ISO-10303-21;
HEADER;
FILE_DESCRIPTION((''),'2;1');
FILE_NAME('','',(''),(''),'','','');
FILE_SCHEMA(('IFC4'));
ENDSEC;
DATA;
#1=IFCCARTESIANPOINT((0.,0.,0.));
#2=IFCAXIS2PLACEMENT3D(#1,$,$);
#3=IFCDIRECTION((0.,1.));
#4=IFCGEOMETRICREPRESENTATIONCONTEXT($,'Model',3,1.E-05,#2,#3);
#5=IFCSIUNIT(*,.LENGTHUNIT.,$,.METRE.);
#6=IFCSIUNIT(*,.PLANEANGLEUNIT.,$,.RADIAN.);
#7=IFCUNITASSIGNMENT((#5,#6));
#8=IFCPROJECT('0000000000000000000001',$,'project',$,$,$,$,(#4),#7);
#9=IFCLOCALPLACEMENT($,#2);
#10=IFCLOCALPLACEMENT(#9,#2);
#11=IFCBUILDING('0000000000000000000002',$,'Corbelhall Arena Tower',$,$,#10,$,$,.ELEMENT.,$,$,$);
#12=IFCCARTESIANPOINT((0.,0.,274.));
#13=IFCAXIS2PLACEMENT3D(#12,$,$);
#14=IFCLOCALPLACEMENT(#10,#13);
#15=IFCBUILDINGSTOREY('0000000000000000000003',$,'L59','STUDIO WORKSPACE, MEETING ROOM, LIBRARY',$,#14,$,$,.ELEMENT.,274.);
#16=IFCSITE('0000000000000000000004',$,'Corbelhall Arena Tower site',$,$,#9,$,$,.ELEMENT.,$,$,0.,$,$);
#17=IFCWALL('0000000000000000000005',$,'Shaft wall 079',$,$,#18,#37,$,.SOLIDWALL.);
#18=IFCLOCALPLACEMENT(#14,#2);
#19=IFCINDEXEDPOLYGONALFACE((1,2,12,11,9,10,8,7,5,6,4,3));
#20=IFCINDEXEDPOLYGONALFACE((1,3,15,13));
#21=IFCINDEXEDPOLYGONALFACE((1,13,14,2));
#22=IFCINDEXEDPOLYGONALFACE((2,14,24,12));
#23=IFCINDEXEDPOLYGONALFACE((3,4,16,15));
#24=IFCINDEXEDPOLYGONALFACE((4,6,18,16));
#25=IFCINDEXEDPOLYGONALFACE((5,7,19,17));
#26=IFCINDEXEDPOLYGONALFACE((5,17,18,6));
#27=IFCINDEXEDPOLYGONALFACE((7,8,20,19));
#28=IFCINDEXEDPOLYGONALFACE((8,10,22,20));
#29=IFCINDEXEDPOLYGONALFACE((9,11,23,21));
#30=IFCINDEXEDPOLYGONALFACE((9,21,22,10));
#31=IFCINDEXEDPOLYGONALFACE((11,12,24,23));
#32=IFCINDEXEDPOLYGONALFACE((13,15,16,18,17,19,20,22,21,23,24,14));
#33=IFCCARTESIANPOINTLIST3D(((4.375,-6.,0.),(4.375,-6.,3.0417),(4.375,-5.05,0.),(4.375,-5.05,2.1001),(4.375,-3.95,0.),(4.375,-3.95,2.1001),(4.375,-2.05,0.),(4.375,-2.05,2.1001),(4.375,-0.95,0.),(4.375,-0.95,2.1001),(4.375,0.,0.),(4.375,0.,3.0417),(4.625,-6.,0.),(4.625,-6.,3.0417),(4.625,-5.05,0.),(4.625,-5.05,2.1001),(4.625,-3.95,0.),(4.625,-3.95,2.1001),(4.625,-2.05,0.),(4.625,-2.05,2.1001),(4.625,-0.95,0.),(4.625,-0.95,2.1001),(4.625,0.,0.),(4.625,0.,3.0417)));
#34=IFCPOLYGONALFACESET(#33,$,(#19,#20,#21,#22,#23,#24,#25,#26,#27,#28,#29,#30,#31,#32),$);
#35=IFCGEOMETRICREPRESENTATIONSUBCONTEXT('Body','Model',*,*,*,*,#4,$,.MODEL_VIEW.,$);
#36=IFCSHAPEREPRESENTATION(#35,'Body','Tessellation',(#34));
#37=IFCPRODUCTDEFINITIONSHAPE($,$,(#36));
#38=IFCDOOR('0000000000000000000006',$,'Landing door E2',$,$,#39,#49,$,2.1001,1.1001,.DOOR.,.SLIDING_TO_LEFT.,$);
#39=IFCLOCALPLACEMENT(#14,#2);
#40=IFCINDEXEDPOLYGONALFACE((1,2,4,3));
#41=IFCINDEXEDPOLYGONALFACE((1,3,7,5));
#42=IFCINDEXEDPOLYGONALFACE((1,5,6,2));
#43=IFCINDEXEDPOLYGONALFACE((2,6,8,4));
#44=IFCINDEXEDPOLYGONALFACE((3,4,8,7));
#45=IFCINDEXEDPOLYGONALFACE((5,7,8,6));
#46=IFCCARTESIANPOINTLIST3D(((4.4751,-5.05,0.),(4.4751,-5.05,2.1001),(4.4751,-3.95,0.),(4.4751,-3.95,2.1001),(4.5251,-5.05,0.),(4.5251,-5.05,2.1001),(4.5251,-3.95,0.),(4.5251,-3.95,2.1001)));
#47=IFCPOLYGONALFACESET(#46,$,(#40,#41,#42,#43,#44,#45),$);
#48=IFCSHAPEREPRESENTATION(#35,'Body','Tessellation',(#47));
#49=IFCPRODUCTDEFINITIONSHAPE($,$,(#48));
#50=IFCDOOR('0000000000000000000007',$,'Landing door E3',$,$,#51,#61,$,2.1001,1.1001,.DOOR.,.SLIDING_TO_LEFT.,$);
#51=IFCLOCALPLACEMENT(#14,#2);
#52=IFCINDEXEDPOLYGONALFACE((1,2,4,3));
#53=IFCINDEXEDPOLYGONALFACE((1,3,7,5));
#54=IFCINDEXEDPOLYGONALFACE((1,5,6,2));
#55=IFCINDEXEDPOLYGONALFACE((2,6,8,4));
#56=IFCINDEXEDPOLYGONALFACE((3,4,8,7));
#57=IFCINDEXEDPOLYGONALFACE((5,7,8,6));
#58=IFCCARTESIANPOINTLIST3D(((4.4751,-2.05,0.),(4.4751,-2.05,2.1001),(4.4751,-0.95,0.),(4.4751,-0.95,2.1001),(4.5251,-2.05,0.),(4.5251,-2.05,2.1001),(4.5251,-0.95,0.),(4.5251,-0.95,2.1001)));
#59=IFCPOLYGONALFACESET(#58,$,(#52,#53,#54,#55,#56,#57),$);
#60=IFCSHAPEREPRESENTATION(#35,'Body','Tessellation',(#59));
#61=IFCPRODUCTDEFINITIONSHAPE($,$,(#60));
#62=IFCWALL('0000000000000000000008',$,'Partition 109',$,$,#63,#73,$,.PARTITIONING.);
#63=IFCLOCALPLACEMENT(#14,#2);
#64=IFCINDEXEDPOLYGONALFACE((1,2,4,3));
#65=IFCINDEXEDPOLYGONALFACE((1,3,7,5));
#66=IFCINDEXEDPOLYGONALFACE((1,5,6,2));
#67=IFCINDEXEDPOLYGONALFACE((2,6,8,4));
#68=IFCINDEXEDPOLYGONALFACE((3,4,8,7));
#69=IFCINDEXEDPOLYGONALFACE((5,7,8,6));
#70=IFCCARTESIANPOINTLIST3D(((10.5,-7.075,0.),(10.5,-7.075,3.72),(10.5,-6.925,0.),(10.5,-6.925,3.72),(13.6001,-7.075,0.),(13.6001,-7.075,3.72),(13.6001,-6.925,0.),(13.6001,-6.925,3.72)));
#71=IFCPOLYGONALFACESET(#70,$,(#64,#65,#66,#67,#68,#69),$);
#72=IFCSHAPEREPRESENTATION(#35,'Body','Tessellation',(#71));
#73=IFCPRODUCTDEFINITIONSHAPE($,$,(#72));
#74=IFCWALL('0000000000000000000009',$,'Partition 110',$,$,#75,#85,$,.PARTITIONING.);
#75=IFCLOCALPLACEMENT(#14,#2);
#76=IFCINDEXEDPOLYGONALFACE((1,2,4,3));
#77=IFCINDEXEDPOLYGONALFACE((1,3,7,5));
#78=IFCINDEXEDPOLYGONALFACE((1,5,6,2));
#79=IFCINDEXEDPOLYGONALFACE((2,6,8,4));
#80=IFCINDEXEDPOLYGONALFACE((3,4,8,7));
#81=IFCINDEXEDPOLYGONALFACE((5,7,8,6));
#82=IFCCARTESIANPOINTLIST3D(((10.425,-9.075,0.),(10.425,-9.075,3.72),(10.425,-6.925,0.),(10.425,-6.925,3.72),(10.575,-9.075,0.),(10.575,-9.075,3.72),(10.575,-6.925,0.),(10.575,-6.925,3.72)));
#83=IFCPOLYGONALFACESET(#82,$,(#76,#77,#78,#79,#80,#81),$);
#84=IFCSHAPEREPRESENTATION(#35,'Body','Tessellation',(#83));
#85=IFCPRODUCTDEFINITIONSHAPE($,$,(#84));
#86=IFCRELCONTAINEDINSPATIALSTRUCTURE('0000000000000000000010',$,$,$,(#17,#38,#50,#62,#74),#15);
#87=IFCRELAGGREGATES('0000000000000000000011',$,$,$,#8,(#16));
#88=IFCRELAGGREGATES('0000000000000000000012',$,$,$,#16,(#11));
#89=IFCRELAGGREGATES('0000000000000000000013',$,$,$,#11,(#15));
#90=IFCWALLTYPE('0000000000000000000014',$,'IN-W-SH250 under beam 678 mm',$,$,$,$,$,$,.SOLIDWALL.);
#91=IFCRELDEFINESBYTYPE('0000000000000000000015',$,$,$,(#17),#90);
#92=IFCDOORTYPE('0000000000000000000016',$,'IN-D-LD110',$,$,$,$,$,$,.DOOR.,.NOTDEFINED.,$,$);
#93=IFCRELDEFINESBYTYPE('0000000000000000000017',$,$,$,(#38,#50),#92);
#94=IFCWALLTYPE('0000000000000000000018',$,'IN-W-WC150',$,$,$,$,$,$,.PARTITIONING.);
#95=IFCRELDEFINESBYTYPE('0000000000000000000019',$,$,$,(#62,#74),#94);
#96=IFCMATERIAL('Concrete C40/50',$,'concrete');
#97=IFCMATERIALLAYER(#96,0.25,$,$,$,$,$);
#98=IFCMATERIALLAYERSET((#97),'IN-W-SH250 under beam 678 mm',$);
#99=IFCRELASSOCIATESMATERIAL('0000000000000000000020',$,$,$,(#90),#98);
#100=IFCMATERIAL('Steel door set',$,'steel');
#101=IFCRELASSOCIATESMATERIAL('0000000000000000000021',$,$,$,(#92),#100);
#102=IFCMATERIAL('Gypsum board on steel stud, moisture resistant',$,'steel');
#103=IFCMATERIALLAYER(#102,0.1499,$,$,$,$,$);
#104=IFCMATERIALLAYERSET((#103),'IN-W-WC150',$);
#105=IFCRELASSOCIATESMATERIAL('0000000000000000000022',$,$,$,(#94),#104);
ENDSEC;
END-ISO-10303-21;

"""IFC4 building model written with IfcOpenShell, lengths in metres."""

from ifc_helpers import new_model, si_unit, direction, frame, frame_2d, origin, place, context, subcontext, project, spatial, rectangle, extrude, material, layer, layer_set, type_object, element, fill, save


model = new_model("IFC4")

# Units and contexts
model_context = context("Model", 3, precision=1e-05, world=origin(), true_north=direction((0.0, 1.0)))
body_context = subcontext(model_context, "Body", "Model", "MODEL_VIEW")
ifc_project = project(units=[si_unit("LENGTHUNIT", "METRE"), si_unit("PLANEANGLEUNIT", "RADIAN")], contexts=[model_context])

# Site, building, storey
site_placement = place(None, origin())
site = spatial("IfcSite", under=ifc_project, at=site_placement, Name="Corbelhall Arena Tower site", CompositionType="ELEMENT", RefElevation=0.0)
building_placement = place(site_placement, origin())
building = spatial("IfcBuilding", under=site, at=building_placement, Name="Corbelhall Arena Tower", CompositionType="ELEMENT")
storey_placement = place(building_placement, frame((0.0, 0.0, 274.0)))
storey = spatial("IfcBuildingStorey", under=building, at=storey_placement, Name="L59", Description="STUDIO WORKSPACE, MEETING ROOM, LIBRARY", CompositionType="ELEMENT", Elevation=274.0)

# Shared definitions
ifc_material_1 = material(Name="Concrete C40/50", Category="concrete")

# Shared definitions
ifc_material_2 = material(Name="Steel door set", Category="steel")

# Wall, openings, doors
ifc_layer_1 = layer(ifc_material_1, 0.25)
ifc_layer_set_1 = layer_set([ifc_layer_1], Name="IN-W-SH250 under beam 678 mm")
wall_type_1 = type_object("IfcWallType", Name="IN-W-SH250 under beam 678 mm", PredefinedType="SOLIDWALL", material=ifc_layer_set_1)
wall_1_placement = place(storey_placement, frame((4.5, -6.0, 0.0), z_axis=(0.0, 0.0, 1.0), x_axis=(0.0, 1.0, 0.0)))
wall_1 = element("IfcWall", 1, at=wall_1_placement, inside=storey, type_object=wall_type_1, Name="Shaft wall 079", PredefinedType="SOLIDWALL", context=body_context, shape_type="SweptSolid", body=[
    extrude(rectangle(XDim=6.0, YDim=0.25, at=frame_2d((3.0, 0.0))), origin(), (0.0, 0.0, 1.0), 3.0417),
])
opening_1_placement = place(wall_1_placement, frame((0.95, 0.0, 0.0)))
opening_1 = element("IfcOpeningElement", 2, at=opening_1_placement, cuts=wall_1, PredefinedType="OPENING", context=body_context, shape_type="SweptSolid", body=[
    extrude(rectangle(XDim=1.1001, YDim=2.1001, at=frame_2d((0.55, 1.05))), frame((0.0, 0.125, 0.0), z_axis=(0.0, -1.0, 0.0), x_axis=(1.0, 0.0, 0.0)), (0.0, 0.0, 1.0), 0.25),
])
opening_2_placement = place(wall_1_placement, frame((3.95, 0.0, 0.0)))
opening_2 = element("IfcOpeningElement", 3, at=opening_2_placement, cuts=wall_1, PredefinedType="OPENING", context=body_context, shape_type="SweptSolid", body=[
    extrude(rectangle(XDim=1.1001, YDim=2.1001, at=frame_2d((0.55, 1.05))), frame((0.0, 0.125, 0.0), z_axis=(0.0, -1.0, 0.0), x_axis=(1.0, 0.0, 0.0)), (0.0, 0.0, 1.0), 0.25),
])
door_type_1 = type_object("IfcDoorType", Name="IN-D-LD110", OperationType="NOTDEFINED", PredefinedType="DOOR", material=ifc_material_2)
door_1_placement = place(opening_1_placement, origin())
door_1 = element("IfcDoor", 4, at=door_1_placement, inside=storey, type_object=door_type_1, Name="Landing door E2", OperationType="SLIDING_TO_LEFT", OverallHeight=2.1001, OverallWidth=1.1001, PredefinedType="DOOR", context=body_context, shape_type="SweptSolid", body=[
    extrude(rectangle(XDim=1.1001, YDim=2.1001, at=frame_2d((0.55, 1.05))), frame((0.0, 0.0249, 0.0), z_axis=(0.0, -1.0, 0.0), x_axis=(1.0, 0.0, 0.0)), (0.0, 0.0, 1.0), 0.05),
])
fill(opening_1, door_1)
door_2_placement = place(opening_2_placement, origin())
door_2 = element("IfcDoor", 5, at=door_2_placement, inside=storey, type_object=door_type_1, Name="Landing door E3", OperationType="SLIDING_TO_LEFT", OverallHeight=2.1001, OverallWidth=1.1001, PredefinedType="DOOR", context=body_context, shape_type="SweptSolid", body=[
    extrude(rectangle(XDim=1.1001, YDim=2.1001, at=frame_2d((0.55, 1.05))), frame((0.0, 0.0249, 0.0), z_axis=(0.0, -1.0, 0.0), x_axis=(1.0, 0.0, 0.0)), (0.0, 0.0, 1.0), 0.05),
])
fill(opening_2, door_2)

# Walls
ifc_material_3 = material(Name="Gypsum board on steel stud, moisture resistant", Category="steel")
ifc_layer_2 = layer(ifc_material_3, 0.1499)
ifc_layer_set_2 = layer_set([ifc_layer_2], Name="IN-W-WC150")
wall_type_2 = type_object("IfcWallType", Name="IN-W-WC150", PredefinedType="PARTITIONING", material=ifc_layer_set_2)
wall_2_placement = place(storey_placement, frame((10.5, -7.0, 0.0), z_axis=(0.0, 0.0, 1.0), x_axis=(1.0, 0.0, 0.0)))
element("IfcWall", 6, at=wall_2_placement, inside=storey, type_object=wall_type_2, Name="Partition 109", PredefinedType="PARTITIONING", context=body_context, shape_type="SweptSolid", body=[
    extrude(rectangle(XDim=3.1001, YDim=0.1499, at=frame_2d((1.55, 0.0))), origin(), (0.0, 0.0, 1.0), 3.72),
])
wall_3_placement = place(storey_placement, frame((10.5, -6.925, 0.0), z_axis=(0.0, 0.0, 1.0), x_axis=(0.0, -1.0, 0.0)))
element("IfcWall", 7, at=wall_3_placement, inside=storey, type_object=wall_type_2, Name="Partition 110", PredefinedType="PARTITIONING", context=body_context, shape_type="SweptSolid", body=[
    extrude(rectangle(XDim=2.1499, YDim=0.1499, at=frame_2d((1.075, 0.0))), origin(), (0.0, 0.0, 1.0), 3.72),
])

save(model, "model.ifc")
